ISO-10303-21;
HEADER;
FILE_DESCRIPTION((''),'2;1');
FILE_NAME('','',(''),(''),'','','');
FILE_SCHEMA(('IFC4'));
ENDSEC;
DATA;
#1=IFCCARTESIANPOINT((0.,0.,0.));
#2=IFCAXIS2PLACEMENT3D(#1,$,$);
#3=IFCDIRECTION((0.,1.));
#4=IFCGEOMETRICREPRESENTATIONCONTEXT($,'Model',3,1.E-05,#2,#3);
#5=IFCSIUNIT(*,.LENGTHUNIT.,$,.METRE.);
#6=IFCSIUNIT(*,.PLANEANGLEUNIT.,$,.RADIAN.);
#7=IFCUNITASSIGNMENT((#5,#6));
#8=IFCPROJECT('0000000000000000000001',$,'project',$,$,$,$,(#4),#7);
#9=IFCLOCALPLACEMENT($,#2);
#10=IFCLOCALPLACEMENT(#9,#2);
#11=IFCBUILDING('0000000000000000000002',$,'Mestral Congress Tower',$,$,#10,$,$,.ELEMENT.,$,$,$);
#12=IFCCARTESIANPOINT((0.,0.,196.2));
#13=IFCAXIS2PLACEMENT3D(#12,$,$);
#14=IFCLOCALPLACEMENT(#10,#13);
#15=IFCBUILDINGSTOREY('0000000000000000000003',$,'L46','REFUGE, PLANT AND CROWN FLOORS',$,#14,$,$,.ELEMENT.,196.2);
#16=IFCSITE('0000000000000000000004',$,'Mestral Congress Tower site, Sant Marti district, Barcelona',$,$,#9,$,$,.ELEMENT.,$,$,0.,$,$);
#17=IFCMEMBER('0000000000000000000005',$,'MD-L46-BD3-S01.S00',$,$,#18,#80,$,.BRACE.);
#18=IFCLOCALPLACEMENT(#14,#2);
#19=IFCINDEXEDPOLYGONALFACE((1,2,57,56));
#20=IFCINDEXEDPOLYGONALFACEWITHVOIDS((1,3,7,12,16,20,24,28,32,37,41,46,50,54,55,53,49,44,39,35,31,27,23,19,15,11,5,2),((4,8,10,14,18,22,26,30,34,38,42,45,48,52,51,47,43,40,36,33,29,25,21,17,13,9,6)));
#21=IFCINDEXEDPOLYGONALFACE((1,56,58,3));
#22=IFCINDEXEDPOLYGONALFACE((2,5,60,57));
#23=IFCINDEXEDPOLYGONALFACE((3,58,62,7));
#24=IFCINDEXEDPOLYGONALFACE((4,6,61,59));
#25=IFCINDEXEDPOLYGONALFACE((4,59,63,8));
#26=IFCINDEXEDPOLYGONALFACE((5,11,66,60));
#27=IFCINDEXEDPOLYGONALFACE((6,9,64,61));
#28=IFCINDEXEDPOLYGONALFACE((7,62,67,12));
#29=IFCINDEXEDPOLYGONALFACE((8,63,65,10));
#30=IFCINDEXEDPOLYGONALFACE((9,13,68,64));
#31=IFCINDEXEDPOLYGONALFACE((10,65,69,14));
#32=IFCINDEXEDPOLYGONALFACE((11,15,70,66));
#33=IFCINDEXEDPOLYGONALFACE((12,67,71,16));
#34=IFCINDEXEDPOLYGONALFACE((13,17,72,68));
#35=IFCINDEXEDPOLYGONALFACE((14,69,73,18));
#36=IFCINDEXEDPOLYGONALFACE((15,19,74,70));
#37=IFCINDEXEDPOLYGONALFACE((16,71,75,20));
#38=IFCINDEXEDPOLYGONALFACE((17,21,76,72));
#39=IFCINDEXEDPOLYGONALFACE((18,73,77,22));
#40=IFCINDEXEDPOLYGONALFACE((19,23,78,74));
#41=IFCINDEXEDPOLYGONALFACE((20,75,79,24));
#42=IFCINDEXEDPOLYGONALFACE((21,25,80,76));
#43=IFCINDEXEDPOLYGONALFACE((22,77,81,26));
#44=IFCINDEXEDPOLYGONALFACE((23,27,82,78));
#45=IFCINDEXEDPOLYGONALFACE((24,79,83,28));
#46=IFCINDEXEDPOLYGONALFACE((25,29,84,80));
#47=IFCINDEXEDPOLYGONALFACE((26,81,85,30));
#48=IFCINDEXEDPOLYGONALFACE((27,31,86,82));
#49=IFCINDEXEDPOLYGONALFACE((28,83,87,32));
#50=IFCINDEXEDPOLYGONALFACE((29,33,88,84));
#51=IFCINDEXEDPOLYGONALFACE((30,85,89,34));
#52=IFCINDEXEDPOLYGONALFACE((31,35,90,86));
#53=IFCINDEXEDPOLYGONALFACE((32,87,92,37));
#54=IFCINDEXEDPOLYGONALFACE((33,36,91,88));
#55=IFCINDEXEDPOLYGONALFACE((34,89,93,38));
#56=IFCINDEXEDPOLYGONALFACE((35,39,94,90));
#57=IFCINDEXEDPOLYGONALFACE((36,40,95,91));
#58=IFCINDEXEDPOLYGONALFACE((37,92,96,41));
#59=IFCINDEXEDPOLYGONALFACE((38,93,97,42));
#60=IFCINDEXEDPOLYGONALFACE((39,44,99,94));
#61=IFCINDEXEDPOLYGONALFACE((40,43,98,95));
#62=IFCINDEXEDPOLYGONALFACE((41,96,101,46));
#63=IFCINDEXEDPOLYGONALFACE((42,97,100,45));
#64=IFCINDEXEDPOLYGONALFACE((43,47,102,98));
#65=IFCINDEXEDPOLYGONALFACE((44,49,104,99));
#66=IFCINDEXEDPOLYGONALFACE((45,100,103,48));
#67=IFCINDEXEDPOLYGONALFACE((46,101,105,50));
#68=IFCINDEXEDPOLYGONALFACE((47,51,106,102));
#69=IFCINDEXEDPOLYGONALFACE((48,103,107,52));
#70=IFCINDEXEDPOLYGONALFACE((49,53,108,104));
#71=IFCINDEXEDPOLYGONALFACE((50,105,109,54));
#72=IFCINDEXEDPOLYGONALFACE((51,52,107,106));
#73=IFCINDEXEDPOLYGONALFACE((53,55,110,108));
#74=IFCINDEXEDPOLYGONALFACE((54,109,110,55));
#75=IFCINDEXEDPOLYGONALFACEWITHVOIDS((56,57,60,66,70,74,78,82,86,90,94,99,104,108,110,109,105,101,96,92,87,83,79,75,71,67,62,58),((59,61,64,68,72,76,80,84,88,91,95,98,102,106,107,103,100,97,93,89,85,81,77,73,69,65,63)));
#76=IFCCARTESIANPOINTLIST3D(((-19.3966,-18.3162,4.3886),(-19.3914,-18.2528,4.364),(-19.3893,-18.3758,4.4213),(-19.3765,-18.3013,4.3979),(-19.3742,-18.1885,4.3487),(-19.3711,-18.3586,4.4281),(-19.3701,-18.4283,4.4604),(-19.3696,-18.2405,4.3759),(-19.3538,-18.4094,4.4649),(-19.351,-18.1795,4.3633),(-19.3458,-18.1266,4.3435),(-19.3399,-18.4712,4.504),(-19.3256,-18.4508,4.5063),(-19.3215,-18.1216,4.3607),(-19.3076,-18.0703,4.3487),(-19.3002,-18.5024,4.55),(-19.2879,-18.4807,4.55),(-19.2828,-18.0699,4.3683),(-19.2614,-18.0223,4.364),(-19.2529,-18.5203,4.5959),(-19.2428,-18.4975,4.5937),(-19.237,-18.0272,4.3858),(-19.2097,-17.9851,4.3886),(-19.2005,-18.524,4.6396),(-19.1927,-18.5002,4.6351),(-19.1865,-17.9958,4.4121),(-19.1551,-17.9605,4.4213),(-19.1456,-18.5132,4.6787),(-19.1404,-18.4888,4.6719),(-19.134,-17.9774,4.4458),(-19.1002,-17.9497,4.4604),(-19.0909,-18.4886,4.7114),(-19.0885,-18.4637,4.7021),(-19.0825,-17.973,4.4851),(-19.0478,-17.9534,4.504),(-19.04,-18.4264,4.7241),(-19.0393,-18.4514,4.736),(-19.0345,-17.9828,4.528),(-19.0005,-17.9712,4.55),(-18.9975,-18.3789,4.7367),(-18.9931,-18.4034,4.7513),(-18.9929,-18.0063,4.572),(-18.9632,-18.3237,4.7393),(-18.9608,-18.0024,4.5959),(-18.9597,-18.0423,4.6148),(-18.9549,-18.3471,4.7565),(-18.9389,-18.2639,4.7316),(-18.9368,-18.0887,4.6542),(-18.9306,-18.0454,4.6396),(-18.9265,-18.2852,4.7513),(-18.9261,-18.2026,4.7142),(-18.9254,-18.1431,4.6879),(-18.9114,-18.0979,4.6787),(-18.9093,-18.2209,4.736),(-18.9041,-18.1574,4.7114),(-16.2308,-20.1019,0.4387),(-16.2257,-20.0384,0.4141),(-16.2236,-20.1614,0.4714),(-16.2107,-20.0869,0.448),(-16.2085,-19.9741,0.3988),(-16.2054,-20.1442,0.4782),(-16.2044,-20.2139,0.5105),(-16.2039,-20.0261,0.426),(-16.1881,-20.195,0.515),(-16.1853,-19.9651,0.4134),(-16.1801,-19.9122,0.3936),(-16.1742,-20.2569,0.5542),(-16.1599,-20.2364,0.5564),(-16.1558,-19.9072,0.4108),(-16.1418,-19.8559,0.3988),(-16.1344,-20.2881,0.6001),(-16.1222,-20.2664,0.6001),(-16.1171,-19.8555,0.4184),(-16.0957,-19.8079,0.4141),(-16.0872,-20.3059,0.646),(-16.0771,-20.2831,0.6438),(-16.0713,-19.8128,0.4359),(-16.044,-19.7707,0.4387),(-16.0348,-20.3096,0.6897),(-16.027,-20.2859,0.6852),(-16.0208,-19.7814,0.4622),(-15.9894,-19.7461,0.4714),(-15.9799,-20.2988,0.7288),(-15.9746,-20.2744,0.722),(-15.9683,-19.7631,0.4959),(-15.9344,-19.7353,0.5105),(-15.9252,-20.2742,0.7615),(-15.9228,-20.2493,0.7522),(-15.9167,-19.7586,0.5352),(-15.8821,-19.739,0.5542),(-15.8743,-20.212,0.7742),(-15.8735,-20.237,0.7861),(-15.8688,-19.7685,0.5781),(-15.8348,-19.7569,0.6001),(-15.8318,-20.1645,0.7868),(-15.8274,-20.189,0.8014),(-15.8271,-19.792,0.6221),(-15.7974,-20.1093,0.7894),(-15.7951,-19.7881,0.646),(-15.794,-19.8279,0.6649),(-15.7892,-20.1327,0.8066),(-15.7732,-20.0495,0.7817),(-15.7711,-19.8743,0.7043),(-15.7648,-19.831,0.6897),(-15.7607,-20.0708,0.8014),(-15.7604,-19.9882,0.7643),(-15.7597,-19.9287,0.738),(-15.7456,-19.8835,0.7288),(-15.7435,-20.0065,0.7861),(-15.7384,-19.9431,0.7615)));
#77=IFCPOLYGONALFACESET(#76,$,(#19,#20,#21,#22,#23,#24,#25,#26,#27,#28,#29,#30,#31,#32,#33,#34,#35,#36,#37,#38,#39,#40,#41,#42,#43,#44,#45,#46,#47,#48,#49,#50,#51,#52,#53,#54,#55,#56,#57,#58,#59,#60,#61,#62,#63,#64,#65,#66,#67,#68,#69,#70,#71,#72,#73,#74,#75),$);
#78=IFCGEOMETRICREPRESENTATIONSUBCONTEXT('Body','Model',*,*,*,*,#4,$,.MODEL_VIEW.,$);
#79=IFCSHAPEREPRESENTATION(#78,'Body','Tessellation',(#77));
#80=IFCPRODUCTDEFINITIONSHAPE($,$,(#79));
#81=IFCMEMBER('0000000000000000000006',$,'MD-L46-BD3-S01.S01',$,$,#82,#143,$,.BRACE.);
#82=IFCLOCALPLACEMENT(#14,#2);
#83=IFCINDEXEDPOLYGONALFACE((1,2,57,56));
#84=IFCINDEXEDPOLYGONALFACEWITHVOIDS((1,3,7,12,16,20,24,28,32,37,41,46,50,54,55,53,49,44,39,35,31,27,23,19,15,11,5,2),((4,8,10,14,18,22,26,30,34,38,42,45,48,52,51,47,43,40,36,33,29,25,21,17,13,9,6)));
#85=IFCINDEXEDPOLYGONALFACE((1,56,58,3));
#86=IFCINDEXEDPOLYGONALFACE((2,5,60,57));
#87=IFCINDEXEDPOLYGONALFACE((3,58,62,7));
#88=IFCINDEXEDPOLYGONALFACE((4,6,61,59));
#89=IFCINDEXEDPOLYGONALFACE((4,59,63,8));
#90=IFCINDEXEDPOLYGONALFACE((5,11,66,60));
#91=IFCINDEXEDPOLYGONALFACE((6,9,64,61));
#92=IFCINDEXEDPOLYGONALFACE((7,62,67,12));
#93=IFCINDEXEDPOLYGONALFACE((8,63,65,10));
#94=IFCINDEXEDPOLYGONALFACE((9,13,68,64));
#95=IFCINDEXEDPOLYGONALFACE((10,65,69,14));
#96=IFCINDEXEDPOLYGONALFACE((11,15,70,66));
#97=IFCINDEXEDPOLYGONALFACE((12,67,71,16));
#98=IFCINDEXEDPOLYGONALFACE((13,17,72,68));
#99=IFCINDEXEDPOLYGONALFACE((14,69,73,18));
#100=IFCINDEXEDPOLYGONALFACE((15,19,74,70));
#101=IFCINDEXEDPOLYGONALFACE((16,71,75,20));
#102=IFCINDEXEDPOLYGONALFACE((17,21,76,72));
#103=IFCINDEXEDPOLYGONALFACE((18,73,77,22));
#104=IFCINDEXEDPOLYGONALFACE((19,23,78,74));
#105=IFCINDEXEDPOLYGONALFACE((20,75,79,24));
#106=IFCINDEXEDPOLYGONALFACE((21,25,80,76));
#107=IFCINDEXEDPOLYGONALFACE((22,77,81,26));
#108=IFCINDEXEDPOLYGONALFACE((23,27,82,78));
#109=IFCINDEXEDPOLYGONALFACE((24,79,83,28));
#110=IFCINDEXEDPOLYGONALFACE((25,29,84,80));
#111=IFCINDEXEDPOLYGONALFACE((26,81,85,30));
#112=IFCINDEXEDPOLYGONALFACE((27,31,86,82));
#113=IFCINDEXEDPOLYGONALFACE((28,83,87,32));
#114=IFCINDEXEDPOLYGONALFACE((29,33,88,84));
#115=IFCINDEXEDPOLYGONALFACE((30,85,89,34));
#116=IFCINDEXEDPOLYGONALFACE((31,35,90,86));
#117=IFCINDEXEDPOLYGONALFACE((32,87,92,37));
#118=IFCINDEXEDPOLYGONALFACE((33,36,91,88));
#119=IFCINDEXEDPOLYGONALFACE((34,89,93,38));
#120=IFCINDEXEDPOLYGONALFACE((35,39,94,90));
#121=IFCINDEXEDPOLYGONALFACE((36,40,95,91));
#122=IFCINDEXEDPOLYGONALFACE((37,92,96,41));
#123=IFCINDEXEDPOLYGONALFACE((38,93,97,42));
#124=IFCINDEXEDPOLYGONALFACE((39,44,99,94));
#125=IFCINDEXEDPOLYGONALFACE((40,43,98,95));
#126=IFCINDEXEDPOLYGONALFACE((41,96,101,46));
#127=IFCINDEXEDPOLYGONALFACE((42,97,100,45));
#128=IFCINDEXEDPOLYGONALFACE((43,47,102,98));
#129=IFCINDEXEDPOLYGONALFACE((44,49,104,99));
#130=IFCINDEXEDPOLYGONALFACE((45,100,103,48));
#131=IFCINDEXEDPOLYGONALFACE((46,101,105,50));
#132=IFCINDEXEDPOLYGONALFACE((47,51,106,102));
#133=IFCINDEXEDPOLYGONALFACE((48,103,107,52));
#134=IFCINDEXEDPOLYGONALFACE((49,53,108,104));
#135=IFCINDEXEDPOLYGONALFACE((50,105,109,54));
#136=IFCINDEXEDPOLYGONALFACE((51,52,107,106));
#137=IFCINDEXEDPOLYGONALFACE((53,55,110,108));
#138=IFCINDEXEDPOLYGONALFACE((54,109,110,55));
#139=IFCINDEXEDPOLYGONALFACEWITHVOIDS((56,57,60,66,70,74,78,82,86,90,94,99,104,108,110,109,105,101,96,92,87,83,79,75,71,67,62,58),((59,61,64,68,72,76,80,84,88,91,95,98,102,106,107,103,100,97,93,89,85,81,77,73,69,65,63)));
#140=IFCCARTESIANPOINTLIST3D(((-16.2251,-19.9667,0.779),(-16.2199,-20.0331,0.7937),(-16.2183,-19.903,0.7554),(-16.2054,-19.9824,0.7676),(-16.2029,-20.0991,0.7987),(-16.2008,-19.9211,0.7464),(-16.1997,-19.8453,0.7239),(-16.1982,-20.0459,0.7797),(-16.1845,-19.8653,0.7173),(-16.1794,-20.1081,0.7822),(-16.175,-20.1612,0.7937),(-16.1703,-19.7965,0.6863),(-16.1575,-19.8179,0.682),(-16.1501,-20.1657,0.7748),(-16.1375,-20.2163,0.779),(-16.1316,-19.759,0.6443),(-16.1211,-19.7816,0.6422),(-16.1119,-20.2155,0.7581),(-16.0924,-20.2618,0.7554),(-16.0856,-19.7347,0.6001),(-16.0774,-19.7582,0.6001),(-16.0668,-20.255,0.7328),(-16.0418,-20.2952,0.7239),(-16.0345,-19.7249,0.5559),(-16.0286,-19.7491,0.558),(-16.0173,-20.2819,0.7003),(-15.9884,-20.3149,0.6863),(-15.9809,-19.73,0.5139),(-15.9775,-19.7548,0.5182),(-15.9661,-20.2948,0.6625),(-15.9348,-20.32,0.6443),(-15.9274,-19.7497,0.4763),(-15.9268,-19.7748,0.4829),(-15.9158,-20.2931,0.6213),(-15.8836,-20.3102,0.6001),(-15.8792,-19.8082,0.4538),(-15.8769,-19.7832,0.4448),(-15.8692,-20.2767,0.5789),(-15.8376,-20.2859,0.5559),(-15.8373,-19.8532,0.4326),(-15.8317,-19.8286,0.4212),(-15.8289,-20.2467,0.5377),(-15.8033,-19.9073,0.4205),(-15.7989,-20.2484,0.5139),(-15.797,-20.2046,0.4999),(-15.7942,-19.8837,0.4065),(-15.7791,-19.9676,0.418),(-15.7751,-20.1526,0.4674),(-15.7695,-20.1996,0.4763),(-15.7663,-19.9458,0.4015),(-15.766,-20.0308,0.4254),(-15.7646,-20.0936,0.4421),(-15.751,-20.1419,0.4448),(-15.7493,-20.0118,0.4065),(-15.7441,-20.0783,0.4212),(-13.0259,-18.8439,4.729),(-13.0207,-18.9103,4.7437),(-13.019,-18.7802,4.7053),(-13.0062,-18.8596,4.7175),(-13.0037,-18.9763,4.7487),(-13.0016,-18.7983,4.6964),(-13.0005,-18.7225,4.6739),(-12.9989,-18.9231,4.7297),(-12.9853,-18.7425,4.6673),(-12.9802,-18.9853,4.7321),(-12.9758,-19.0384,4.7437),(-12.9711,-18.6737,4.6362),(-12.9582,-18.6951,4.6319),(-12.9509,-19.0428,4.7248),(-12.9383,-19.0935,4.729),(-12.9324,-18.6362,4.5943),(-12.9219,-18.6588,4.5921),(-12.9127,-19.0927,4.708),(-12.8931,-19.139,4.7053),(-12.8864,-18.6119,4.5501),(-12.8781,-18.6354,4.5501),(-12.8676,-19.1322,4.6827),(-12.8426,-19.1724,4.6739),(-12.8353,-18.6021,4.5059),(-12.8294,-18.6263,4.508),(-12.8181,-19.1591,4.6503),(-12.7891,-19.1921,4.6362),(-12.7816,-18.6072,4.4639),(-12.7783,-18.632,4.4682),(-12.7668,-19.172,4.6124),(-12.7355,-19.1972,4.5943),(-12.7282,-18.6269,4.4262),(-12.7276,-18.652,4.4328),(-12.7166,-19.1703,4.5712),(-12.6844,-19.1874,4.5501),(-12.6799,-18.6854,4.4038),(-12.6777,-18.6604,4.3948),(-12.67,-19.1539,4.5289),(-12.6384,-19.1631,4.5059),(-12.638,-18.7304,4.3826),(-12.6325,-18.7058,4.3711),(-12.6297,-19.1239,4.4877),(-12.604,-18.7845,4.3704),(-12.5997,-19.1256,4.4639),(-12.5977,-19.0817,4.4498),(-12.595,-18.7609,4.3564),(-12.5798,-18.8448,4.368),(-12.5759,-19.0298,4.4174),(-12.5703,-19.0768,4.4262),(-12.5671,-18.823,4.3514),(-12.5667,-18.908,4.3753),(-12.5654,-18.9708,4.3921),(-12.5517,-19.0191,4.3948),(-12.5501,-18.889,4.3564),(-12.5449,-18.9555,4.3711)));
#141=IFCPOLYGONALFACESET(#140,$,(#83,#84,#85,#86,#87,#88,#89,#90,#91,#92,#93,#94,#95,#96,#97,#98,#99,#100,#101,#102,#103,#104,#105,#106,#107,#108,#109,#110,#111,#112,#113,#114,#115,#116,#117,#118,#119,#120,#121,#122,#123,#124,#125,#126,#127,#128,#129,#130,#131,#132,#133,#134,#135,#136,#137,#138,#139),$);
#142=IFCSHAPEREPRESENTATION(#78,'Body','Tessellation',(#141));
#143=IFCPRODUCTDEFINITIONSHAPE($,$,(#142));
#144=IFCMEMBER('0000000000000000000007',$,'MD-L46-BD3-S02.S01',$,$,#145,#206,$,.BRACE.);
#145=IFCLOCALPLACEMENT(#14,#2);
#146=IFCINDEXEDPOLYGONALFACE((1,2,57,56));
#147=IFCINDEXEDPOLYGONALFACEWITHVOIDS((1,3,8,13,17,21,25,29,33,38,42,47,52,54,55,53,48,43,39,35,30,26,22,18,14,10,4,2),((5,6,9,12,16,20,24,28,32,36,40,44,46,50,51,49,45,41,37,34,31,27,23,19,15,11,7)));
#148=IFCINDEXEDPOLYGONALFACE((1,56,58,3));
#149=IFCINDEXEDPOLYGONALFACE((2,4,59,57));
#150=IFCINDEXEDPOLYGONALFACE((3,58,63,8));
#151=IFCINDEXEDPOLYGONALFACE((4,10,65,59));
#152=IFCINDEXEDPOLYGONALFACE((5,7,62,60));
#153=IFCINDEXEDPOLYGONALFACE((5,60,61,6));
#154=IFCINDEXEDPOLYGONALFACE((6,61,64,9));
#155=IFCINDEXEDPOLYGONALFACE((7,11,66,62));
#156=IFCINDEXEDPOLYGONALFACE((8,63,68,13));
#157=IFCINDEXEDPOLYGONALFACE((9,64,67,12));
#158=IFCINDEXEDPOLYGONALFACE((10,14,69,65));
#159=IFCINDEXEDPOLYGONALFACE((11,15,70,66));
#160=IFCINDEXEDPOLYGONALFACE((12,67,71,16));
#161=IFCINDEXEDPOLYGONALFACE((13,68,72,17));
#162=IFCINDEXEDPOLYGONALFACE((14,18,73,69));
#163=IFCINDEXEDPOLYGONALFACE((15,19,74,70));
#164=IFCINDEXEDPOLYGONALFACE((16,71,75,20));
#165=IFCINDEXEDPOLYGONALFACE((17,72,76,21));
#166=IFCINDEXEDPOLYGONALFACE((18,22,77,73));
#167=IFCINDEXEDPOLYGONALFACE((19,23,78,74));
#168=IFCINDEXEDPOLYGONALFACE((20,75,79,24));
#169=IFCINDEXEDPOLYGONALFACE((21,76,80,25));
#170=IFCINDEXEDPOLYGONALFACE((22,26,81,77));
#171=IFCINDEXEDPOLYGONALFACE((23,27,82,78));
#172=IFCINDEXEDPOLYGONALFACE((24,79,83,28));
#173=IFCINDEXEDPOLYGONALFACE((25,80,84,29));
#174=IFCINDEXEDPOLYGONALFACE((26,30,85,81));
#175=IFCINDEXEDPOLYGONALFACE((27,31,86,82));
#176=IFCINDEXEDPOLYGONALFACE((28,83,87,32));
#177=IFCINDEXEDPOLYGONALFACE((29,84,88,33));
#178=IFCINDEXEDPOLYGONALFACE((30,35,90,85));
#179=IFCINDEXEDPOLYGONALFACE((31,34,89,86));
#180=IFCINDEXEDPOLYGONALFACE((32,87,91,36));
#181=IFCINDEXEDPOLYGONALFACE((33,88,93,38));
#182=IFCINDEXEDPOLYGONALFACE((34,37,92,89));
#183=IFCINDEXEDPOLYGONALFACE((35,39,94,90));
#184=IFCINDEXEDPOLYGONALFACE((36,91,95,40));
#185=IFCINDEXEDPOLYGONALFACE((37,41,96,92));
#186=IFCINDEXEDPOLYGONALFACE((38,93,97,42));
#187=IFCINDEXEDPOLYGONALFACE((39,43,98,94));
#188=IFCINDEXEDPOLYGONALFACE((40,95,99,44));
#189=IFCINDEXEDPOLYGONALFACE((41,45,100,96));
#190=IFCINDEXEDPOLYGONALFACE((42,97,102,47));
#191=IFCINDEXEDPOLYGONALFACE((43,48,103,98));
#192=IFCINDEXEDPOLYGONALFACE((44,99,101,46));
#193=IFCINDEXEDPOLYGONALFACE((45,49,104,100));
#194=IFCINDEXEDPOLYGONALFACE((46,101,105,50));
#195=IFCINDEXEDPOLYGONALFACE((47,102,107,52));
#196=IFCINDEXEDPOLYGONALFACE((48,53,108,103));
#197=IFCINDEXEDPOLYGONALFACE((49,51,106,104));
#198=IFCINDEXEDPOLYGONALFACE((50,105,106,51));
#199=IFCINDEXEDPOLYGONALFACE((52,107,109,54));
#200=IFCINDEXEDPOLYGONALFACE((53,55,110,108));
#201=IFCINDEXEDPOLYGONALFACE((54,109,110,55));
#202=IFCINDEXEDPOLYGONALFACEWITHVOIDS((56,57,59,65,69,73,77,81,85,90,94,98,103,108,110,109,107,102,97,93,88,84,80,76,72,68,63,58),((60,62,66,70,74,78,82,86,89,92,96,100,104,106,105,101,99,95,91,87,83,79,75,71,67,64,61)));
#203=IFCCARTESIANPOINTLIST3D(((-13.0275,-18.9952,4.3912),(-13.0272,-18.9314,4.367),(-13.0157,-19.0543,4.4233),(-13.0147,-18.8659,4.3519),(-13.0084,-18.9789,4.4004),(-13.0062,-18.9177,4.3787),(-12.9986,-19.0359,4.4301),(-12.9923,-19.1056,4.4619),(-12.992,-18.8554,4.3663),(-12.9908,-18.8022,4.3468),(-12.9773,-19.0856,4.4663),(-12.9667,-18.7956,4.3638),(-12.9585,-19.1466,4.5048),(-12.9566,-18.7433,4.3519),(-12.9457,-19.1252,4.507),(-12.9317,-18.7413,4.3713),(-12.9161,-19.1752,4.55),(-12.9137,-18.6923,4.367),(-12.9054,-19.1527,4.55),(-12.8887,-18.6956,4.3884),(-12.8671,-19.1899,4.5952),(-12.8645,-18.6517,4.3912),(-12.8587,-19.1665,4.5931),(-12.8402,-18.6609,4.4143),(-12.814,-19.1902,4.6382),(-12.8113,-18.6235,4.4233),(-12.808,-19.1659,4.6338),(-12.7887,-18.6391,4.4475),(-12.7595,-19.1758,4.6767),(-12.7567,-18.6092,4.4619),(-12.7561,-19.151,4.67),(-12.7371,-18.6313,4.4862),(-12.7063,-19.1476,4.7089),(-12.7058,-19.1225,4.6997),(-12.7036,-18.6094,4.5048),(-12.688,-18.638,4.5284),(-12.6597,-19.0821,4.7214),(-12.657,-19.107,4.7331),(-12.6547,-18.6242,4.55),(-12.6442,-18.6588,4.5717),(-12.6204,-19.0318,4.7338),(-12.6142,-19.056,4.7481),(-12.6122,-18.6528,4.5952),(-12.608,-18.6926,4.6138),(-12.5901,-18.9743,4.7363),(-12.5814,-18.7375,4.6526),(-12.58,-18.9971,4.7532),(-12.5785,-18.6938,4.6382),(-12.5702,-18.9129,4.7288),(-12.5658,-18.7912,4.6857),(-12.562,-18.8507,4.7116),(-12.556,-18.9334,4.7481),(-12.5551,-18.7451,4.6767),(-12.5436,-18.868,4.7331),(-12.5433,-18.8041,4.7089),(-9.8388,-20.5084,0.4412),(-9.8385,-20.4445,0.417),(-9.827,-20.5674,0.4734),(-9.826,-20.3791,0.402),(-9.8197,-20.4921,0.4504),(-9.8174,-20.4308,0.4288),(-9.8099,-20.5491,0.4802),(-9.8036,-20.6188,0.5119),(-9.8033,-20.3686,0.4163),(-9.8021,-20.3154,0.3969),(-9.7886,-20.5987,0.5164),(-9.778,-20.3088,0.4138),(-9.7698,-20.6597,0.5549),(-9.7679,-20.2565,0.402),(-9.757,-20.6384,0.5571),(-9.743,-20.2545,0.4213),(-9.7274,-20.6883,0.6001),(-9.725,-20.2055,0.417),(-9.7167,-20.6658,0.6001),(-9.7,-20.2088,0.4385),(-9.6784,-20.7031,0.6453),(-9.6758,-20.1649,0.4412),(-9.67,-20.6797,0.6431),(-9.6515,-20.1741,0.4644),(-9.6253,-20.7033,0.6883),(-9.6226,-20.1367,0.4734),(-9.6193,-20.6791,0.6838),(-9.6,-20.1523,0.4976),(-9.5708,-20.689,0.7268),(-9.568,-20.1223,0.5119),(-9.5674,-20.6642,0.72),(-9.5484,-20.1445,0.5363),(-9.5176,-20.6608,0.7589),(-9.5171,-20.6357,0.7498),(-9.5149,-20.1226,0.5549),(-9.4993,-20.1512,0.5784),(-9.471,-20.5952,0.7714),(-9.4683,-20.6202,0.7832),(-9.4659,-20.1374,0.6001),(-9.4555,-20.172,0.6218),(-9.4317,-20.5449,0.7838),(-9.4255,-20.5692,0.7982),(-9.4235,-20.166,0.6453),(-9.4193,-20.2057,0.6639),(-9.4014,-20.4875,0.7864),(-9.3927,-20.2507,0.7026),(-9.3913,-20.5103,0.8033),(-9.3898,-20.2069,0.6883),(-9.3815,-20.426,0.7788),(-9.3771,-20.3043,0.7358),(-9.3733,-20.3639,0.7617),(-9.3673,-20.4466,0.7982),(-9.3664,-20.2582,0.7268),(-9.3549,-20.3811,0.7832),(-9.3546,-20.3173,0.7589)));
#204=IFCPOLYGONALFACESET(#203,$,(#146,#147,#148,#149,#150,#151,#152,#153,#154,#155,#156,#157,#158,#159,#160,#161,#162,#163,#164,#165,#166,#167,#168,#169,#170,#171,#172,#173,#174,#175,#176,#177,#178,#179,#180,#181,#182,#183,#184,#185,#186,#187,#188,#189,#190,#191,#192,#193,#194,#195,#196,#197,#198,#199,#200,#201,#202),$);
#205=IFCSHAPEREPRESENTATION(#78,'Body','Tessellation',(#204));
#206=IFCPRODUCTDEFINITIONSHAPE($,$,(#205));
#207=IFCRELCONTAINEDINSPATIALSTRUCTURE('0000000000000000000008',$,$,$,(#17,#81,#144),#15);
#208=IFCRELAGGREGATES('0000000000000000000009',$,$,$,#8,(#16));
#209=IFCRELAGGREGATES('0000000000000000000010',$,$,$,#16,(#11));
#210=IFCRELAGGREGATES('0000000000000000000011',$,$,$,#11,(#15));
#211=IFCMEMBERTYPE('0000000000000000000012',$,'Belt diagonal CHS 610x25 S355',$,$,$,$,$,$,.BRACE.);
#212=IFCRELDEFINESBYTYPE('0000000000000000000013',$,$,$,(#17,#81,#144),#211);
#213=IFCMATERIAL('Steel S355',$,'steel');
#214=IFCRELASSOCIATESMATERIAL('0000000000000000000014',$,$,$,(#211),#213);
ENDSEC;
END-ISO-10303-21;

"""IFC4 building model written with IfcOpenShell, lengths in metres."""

from ifc_helpers import new_model, si_unit, direction, frame, origin, origin_2d, place, context, subcontext, project, spatial, hollow_circle, extrude, material, material_profile, profile_set, type_object, element, save


model = new_model("IFC4")

# Units and contexts
model_context = context("Model", 3, precision=1e-05, world=origin(), true_north=direction((0.0, 1.0)))
body_context = subcontext(model_context, "Body", "Model", "MODEL_VIEW")
ifc_project = project(units=[si_unit("LENGTHUNIT", "METRE"), si_unit("PLANEANGLEUNIT", "RADIAN")], contexts=[model_context])

# Site, building, storey
site_placement = place(None, origin())
site = spatial("IfcSite", under=ifc_project, at=site_placement, Name="Mestral Congress Tower site, Sant Marti district, Barcelona", CompositionType="ELEMENT", RefElevation=0.0)
building_placement = place(site_placement, origin())
building = spatial("IfcBuilding", under=site, at=building_placement, Name="Mestral Congress Tower", CompositionType="ELEMENT")
storey_placement = place(building_placement, frame((0.0, 0.0, 196.2)))
storey = spatial("IfcBuildingStorey", under=building, at=storey_placement, Name="L46", Description="REFUGE, PLANT AND CROWN FLOORS", CompositionType="ELEMENT", Elevation=196.2)

# Members
ifc_material_1 = material(Name="Steel S355", Category="steel")
ifc_material_profile_1 = material_profile(ifc_material_1, hollow_circle(Radius=0.3049, WallThickness=0.0249, at=origin_2d()), Name="CHS 610x25")
ifc_profile_set_1 = profile_set([ifc_material_profile_1], Name="Steel S355")
member_type_1 = type_object("IfcMemberType", Name="Belt diagonal CHS 610x25 S355", PredefinedType="BRACE", material=ifc_profile_set_1)
member_1_placement = place(storey_placement, frame((-15.9846, -20.0225, 0.6001), z_axis=(-0.589776, 0.332662, 0.735867), x_axis=(-0.491285, -0.870999, 0.0)))
element("IfcMember", 1, at=member_1_placement, inside=storey, type_object=member_type_1, Name="MD-L46-BD3-S01.S00", PredefinedType="BRACE", context=body_context, shape_type="SweptSolid", body=[
    extrude(hollow_circle(Radius=0.3049, WallThickness=0.0249, at=origin_2d()), origin(), (0.0, 0.0, 1.0), 5.3677),
])
member_2_placement = place(storey_placement, frame((-15.9846, -20.0225, 0.6001), z_axis=(0.614578, 0.215693, 0.758795), x_axis=(-0.331159, 0.943575, 0.0)))
element("IfcMember", 2, at=member_2_placement, inside=storey, type_object=member_type_1, Name="MD-L46-BD3-S01.S01", PredefinedType="BRACE", context=body_context, shape_type="SweptSolid", body=[
    extrude(hollow_circle(Radius=0.3049, WallThickness=0.0249, at=origin_2d()), origin(), (0.0, 0.0, 1.0), 5.2056),
])
member_3_placement = place(storey_placement, frame((-9.5967, -20.4128, 0.6001), z_axis=(-0.601969, 0.28566, 0.745675), x_axis=(-0.42872, -0.903438, 0.0)))
element("IfcMember", 3, at=member_3_placement, inside=storey, type_object=member_type_1, Name="MD-L46-BD3-S02.S01", PredefinedType="BRACE", context=body_context, shape_type="SweptSolid", body=[
    extrude(hollow_circle(Radius=0.3049, WallThickness=0.0249, at=origin_2d()), origin(), (0.0, 0.0, 1.0), 5.2971),
])

save(model, "model.ifc")
